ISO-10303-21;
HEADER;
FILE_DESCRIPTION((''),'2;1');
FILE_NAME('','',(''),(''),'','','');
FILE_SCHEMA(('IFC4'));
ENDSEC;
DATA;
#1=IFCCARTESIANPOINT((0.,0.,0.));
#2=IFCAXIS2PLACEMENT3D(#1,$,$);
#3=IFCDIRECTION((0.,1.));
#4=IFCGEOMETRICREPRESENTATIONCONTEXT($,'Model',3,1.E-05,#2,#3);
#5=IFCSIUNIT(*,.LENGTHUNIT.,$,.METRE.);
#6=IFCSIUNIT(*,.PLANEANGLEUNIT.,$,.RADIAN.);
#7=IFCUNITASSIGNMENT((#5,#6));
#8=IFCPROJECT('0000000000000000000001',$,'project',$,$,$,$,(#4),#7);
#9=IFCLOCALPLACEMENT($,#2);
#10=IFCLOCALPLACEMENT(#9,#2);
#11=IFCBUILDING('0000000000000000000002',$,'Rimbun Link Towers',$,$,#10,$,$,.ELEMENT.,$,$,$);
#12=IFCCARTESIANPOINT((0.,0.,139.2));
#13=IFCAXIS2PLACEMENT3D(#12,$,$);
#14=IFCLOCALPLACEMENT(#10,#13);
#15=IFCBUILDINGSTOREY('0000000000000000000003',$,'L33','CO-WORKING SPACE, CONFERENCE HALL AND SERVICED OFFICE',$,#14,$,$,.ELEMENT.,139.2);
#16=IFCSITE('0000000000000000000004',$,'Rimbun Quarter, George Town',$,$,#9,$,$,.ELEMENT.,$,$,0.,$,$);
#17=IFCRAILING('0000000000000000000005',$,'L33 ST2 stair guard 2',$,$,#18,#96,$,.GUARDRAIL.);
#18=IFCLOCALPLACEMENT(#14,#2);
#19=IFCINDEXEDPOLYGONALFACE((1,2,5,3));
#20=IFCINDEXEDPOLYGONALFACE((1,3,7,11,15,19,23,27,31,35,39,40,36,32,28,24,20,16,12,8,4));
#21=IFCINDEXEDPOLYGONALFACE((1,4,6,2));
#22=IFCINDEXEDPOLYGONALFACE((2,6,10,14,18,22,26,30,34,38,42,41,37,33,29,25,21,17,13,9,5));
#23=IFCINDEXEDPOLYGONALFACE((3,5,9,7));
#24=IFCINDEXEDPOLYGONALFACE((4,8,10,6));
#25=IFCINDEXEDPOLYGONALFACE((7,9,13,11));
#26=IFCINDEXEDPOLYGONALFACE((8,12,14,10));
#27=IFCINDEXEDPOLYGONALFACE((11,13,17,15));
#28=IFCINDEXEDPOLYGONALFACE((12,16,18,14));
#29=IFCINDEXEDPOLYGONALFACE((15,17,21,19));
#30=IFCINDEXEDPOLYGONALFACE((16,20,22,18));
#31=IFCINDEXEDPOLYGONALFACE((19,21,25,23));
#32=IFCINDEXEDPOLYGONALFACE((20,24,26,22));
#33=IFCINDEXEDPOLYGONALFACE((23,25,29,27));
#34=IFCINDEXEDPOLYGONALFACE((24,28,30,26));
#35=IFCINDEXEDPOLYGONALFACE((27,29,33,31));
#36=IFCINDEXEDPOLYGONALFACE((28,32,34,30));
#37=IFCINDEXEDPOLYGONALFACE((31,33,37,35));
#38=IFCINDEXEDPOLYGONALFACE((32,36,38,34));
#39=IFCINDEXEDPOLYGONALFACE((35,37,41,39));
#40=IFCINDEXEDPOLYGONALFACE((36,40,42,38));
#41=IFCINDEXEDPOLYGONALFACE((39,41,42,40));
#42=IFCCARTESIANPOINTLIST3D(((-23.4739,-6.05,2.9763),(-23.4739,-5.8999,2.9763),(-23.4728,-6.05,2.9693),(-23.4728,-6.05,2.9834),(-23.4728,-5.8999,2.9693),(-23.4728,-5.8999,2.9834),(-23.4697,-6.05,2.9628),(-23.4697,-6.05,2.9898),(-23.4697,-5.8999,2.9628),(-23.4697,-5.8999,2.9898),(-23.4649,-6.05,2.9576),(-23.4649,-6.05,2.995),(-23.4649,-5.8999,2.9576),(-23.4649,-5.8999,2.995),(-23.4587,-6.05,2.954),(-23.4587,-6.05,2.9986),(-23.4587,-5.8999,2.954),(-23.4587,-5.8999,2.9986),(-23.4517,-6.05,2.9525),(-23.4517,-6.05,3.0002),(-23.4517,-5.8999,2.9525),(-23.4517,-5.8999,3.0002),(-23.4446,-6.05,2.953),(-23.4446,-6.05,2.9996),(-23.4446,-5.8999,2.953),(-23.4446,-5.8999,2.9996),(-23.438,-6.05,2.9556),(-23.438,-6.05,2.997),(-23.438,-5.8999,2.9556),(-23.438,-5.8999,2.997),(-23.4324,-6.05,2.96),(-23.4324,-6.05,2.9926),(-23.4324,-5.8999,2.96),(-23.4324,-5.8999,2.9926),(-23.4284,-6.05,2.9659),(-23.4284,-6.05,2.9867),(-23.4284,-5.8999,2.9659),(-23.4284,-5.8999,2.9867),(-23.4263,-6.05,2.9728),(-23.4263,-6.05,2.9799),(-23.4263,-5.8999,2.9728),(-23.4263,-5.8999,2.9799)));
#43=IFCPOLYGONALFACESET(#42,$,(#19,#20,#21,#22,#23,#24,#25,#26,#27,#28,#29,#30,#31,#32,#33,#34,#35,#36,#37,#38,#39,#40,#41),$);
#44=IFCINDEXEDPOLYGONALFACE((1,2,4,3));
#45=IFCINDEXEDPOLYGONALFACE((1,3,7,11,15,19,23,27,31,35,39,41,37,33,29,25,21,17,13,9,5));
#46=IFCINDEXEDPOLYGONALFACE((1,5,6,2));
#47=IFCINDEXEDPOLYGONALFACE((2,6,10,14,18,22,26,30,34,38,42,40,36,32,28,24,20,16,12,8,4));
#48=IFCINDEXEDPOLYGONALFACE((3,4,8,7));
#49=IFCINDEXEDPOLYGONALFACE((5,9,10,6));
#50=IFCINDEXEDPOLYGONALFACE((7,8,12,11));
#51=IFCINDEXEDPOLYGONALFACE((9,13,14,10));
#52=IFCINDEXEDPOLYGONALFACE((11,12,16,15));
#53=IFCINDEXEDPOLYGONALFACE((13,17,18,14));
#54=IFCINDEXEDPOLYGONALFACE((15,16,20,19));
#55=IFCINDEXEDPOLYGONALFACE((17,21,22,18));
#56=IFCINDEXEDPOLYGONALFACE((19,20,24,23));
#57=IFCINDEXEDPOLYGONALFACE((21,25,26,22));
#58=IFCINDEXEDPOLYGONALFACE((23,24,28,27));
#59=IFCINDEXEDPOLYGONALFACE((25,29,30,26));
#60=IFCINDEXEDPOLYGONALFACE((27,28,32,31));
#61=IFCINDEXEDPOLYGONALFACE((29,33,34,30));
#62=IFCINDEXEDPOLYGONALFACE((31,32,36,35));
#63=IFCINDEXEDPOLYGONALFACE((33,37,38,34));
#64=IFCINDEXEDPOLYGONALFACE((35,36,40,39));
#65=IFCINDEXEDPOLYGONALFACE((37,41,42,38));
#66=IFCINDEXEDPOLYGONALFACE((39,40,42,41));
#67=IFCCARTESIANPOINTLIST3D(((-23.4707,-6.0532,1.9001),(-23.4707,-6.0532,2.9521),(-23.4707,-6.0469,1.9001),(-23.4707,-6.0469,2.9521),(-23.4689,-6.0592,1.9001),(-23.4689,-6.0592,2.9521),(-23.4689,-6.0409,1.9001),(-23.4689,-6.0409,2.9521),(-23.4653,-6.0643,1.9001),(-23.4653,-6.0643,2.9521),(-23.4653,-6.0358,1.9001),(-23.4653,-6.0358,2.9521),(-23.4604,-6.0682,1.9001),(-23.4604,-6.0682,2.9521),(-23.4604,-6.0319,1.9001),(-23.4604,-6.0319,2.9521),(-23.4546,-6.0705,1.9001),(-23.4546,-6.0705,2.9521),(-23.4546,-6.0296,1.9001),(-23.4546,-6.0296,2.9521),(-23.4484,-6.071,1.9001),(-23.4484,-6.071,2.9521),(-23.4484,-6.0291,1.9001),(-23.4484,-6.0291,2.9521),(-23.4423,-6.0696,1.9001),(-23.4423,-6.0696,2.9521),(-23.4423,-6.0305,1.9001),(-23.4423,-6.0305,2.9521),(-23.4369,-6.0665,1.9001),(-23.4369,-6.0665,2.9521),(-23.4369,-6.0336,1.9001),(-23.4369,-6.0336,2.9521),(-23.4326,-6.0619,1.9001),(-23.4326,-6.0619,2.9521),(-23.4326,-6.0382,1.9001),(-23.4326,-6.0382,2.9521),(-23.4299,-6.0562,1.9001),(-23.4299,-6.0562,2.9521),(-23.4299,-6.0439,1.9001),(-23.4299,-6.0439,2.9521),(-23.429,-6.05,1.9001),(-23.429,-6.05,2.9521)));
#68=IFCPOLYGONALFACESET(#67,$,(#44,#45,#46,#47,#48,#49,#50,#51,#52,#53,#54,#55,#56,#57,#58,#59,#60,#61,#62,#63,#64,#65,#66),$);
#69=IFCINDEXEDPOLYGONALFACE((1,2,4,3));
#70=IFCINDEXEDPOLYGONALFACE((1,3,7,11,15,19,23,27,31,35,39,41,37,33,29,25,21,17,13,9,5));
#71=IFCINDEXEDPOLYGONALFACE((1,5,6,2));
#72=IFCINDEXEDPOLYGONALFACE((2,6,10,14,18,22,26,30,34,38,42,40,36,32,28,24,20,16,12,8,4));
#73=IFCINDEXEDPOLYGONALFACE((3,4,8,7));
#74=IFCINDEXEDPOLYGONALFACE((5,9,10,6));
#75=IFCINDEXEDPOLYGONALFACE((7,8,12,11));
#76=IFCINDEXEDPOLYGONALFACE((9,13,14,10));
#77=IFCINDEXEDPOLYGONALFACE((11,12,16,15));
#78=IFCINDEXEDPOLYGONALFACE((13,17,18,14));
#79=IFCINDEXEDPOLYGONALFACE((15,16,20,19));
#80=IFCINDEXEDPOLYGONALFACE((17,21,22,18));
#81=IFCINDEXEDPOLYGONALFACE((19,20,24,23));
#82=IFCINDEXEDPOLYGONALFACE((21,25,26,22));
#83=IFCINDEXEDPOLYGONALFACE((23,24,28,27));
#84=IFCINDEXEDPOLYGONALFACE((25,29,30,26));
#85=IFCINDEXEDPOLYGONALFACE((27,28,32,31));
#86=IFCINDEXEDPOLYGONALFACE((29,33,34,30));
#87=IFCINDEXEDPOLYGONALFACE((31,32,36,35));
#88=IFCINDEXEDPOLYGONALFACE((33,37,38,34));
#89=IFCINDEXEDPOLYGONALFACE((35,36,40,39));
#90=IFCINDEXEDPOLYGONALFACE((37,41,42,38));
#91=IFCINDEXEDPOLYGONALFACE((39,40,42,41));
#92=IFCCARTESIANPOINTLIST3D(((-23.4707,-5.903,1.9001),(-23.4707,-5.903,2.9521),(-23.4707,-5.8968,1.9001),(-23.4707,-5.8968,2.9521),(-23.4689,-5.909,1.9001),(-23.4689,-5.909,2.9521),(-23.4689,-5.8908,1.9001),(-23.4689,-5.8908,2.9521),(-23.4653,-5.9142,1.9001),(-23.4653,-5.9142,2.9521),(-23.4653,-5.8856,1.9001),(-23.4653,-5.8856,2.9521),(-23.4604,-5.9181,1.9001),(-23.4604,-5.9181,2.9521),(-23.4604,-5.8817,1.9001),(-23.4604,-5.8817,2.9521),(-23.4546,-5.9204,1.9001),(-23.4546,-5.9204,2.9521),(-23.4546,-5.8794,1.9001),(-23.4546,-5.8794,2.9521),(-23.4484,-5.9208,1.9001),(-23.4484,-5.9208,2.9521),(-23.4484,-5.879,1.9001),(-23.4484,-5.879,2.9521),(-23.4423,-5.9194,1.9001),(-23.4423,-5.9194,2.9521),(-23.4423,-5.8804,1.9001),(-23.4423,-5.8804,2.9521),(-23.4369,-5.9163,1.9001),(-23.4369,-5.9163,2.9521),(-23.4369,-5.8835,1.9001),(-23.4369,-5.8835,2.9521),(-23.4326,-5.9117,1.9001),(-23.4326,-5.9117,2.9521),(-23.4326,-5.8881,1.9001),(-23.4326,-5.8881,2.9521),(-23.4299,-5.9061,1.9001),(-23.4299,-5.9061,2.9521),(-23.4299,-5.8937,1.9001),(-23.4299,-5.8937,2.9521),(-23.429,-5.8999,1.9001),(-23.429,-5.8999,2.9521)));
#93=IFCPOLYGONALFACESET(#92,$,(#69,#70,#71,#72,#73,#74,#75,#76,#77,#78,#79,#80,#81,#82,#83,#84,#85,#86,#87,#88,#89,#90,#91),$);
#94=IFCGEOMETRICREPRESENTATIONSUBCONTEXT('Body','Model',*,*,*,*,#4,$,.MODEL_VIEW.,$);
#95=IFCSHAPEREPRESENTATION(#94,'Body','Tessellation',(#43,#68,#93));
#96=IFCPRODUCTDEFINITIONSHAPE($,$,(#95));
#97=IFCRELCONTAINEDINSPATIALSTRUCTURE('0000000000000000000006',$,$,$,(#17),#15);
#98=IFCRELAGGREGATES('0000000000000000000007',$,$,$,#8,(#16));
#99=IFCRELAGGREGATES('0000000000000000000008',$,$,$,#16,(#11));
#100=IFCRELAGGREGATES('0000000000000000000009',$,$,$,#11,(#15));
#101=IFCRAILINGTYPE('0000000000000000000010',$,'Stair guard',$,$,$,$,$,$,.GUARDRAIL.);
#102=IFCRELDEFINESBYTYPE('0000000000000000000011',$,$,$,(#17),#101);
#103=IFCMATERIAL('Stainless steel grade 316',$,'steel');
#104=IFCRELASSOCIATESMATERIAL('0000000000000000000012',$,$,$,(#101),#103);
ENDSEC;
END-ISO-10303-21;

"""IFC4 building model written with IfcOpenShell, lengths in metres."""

from ifc_helpers import new_model, si_unit, direction, frame, origin, origin_2d, place, context, subcontext, project, spatial, circle, extrude, material, type_object, element, save


model = new_model("IFC4")

# Units and contexts
model_context = context("Model", 3, precision=1e-05, world=origin(), true_north=direction((0.0, 1.0)))
body_context = subcontext(model_context, "Body", "Model", "MODEL_VIEW")
ifc_project = project(units=[si_unit("LENGTHUNIT", "METRE"), si_unit("PLANEANGLEUNIT", "RADIAN")], contexts=[model_context])

# Site, building, storey
site_placement = place(None, origin())
site = spatial("IfcSite", under=ifc_project, at=site_placement, Name="Rimbun Quarter, George Town", CompositionType="ELEMENT", RefElevation=0.0)
building_placement = place(site_placement, origin())
building = spatial("IfcBuilding", under=site, at=building_placement, Name="Rimbun Link Towers", CompositionType="ELEMENT")
storey_placement = place(building_placement, frame((0.0, 0.0, 139.2)))
storey = spatial("IfcBuildingStorey", under=building, at=storey_placement, Name="L33", Description="CO-WORKING SPACE, CONFERENCE HALL AND SERVICED OFFICE", CompositionType="ELEMENT", Elevation=139.2)

# Railing
ifc_material_1 = material(Name="Stainless steel grade 316", Category="steel")
railing_type_1 = type_object("IfcRailingType", Name="Stair guard", PredefinedType="GUARDRAIL", material=ifc_material_1)
railing_1_placement = place(storey_placement, frame((-23.45, -6.05, 1.9001)))
element("IfcRailing", 1, at=railing_1_placement, inside=storey, type_object=railing_type_1, Name="L33 ST2 stair guard 2", PredefinedType="GUARDRAIL", context=body_context, shape_type="SweptSolid", body=[
    extrude(circle(Radius=0.0239, at=origin_2d()), frame((0.0, 0.0, 1.0762), z_axis=(0.0, 1.0, 0.0), x_axis=(-1.0, 0.0, 0.0)), (0.0, 0.0, 1.0), 0.1501),
    extrude(circle(Radius=0.021, at=origin_2d()), origin(), (0.0, 0.0, 1.0), 1.052),
    extrude(circle(Radius=0.021, at=origin_2d()), frame((0.0, 0.1501, 0.0)), (0.0, 0.0, 1.0), 1.052),
])

save(model, "model.ifc")
